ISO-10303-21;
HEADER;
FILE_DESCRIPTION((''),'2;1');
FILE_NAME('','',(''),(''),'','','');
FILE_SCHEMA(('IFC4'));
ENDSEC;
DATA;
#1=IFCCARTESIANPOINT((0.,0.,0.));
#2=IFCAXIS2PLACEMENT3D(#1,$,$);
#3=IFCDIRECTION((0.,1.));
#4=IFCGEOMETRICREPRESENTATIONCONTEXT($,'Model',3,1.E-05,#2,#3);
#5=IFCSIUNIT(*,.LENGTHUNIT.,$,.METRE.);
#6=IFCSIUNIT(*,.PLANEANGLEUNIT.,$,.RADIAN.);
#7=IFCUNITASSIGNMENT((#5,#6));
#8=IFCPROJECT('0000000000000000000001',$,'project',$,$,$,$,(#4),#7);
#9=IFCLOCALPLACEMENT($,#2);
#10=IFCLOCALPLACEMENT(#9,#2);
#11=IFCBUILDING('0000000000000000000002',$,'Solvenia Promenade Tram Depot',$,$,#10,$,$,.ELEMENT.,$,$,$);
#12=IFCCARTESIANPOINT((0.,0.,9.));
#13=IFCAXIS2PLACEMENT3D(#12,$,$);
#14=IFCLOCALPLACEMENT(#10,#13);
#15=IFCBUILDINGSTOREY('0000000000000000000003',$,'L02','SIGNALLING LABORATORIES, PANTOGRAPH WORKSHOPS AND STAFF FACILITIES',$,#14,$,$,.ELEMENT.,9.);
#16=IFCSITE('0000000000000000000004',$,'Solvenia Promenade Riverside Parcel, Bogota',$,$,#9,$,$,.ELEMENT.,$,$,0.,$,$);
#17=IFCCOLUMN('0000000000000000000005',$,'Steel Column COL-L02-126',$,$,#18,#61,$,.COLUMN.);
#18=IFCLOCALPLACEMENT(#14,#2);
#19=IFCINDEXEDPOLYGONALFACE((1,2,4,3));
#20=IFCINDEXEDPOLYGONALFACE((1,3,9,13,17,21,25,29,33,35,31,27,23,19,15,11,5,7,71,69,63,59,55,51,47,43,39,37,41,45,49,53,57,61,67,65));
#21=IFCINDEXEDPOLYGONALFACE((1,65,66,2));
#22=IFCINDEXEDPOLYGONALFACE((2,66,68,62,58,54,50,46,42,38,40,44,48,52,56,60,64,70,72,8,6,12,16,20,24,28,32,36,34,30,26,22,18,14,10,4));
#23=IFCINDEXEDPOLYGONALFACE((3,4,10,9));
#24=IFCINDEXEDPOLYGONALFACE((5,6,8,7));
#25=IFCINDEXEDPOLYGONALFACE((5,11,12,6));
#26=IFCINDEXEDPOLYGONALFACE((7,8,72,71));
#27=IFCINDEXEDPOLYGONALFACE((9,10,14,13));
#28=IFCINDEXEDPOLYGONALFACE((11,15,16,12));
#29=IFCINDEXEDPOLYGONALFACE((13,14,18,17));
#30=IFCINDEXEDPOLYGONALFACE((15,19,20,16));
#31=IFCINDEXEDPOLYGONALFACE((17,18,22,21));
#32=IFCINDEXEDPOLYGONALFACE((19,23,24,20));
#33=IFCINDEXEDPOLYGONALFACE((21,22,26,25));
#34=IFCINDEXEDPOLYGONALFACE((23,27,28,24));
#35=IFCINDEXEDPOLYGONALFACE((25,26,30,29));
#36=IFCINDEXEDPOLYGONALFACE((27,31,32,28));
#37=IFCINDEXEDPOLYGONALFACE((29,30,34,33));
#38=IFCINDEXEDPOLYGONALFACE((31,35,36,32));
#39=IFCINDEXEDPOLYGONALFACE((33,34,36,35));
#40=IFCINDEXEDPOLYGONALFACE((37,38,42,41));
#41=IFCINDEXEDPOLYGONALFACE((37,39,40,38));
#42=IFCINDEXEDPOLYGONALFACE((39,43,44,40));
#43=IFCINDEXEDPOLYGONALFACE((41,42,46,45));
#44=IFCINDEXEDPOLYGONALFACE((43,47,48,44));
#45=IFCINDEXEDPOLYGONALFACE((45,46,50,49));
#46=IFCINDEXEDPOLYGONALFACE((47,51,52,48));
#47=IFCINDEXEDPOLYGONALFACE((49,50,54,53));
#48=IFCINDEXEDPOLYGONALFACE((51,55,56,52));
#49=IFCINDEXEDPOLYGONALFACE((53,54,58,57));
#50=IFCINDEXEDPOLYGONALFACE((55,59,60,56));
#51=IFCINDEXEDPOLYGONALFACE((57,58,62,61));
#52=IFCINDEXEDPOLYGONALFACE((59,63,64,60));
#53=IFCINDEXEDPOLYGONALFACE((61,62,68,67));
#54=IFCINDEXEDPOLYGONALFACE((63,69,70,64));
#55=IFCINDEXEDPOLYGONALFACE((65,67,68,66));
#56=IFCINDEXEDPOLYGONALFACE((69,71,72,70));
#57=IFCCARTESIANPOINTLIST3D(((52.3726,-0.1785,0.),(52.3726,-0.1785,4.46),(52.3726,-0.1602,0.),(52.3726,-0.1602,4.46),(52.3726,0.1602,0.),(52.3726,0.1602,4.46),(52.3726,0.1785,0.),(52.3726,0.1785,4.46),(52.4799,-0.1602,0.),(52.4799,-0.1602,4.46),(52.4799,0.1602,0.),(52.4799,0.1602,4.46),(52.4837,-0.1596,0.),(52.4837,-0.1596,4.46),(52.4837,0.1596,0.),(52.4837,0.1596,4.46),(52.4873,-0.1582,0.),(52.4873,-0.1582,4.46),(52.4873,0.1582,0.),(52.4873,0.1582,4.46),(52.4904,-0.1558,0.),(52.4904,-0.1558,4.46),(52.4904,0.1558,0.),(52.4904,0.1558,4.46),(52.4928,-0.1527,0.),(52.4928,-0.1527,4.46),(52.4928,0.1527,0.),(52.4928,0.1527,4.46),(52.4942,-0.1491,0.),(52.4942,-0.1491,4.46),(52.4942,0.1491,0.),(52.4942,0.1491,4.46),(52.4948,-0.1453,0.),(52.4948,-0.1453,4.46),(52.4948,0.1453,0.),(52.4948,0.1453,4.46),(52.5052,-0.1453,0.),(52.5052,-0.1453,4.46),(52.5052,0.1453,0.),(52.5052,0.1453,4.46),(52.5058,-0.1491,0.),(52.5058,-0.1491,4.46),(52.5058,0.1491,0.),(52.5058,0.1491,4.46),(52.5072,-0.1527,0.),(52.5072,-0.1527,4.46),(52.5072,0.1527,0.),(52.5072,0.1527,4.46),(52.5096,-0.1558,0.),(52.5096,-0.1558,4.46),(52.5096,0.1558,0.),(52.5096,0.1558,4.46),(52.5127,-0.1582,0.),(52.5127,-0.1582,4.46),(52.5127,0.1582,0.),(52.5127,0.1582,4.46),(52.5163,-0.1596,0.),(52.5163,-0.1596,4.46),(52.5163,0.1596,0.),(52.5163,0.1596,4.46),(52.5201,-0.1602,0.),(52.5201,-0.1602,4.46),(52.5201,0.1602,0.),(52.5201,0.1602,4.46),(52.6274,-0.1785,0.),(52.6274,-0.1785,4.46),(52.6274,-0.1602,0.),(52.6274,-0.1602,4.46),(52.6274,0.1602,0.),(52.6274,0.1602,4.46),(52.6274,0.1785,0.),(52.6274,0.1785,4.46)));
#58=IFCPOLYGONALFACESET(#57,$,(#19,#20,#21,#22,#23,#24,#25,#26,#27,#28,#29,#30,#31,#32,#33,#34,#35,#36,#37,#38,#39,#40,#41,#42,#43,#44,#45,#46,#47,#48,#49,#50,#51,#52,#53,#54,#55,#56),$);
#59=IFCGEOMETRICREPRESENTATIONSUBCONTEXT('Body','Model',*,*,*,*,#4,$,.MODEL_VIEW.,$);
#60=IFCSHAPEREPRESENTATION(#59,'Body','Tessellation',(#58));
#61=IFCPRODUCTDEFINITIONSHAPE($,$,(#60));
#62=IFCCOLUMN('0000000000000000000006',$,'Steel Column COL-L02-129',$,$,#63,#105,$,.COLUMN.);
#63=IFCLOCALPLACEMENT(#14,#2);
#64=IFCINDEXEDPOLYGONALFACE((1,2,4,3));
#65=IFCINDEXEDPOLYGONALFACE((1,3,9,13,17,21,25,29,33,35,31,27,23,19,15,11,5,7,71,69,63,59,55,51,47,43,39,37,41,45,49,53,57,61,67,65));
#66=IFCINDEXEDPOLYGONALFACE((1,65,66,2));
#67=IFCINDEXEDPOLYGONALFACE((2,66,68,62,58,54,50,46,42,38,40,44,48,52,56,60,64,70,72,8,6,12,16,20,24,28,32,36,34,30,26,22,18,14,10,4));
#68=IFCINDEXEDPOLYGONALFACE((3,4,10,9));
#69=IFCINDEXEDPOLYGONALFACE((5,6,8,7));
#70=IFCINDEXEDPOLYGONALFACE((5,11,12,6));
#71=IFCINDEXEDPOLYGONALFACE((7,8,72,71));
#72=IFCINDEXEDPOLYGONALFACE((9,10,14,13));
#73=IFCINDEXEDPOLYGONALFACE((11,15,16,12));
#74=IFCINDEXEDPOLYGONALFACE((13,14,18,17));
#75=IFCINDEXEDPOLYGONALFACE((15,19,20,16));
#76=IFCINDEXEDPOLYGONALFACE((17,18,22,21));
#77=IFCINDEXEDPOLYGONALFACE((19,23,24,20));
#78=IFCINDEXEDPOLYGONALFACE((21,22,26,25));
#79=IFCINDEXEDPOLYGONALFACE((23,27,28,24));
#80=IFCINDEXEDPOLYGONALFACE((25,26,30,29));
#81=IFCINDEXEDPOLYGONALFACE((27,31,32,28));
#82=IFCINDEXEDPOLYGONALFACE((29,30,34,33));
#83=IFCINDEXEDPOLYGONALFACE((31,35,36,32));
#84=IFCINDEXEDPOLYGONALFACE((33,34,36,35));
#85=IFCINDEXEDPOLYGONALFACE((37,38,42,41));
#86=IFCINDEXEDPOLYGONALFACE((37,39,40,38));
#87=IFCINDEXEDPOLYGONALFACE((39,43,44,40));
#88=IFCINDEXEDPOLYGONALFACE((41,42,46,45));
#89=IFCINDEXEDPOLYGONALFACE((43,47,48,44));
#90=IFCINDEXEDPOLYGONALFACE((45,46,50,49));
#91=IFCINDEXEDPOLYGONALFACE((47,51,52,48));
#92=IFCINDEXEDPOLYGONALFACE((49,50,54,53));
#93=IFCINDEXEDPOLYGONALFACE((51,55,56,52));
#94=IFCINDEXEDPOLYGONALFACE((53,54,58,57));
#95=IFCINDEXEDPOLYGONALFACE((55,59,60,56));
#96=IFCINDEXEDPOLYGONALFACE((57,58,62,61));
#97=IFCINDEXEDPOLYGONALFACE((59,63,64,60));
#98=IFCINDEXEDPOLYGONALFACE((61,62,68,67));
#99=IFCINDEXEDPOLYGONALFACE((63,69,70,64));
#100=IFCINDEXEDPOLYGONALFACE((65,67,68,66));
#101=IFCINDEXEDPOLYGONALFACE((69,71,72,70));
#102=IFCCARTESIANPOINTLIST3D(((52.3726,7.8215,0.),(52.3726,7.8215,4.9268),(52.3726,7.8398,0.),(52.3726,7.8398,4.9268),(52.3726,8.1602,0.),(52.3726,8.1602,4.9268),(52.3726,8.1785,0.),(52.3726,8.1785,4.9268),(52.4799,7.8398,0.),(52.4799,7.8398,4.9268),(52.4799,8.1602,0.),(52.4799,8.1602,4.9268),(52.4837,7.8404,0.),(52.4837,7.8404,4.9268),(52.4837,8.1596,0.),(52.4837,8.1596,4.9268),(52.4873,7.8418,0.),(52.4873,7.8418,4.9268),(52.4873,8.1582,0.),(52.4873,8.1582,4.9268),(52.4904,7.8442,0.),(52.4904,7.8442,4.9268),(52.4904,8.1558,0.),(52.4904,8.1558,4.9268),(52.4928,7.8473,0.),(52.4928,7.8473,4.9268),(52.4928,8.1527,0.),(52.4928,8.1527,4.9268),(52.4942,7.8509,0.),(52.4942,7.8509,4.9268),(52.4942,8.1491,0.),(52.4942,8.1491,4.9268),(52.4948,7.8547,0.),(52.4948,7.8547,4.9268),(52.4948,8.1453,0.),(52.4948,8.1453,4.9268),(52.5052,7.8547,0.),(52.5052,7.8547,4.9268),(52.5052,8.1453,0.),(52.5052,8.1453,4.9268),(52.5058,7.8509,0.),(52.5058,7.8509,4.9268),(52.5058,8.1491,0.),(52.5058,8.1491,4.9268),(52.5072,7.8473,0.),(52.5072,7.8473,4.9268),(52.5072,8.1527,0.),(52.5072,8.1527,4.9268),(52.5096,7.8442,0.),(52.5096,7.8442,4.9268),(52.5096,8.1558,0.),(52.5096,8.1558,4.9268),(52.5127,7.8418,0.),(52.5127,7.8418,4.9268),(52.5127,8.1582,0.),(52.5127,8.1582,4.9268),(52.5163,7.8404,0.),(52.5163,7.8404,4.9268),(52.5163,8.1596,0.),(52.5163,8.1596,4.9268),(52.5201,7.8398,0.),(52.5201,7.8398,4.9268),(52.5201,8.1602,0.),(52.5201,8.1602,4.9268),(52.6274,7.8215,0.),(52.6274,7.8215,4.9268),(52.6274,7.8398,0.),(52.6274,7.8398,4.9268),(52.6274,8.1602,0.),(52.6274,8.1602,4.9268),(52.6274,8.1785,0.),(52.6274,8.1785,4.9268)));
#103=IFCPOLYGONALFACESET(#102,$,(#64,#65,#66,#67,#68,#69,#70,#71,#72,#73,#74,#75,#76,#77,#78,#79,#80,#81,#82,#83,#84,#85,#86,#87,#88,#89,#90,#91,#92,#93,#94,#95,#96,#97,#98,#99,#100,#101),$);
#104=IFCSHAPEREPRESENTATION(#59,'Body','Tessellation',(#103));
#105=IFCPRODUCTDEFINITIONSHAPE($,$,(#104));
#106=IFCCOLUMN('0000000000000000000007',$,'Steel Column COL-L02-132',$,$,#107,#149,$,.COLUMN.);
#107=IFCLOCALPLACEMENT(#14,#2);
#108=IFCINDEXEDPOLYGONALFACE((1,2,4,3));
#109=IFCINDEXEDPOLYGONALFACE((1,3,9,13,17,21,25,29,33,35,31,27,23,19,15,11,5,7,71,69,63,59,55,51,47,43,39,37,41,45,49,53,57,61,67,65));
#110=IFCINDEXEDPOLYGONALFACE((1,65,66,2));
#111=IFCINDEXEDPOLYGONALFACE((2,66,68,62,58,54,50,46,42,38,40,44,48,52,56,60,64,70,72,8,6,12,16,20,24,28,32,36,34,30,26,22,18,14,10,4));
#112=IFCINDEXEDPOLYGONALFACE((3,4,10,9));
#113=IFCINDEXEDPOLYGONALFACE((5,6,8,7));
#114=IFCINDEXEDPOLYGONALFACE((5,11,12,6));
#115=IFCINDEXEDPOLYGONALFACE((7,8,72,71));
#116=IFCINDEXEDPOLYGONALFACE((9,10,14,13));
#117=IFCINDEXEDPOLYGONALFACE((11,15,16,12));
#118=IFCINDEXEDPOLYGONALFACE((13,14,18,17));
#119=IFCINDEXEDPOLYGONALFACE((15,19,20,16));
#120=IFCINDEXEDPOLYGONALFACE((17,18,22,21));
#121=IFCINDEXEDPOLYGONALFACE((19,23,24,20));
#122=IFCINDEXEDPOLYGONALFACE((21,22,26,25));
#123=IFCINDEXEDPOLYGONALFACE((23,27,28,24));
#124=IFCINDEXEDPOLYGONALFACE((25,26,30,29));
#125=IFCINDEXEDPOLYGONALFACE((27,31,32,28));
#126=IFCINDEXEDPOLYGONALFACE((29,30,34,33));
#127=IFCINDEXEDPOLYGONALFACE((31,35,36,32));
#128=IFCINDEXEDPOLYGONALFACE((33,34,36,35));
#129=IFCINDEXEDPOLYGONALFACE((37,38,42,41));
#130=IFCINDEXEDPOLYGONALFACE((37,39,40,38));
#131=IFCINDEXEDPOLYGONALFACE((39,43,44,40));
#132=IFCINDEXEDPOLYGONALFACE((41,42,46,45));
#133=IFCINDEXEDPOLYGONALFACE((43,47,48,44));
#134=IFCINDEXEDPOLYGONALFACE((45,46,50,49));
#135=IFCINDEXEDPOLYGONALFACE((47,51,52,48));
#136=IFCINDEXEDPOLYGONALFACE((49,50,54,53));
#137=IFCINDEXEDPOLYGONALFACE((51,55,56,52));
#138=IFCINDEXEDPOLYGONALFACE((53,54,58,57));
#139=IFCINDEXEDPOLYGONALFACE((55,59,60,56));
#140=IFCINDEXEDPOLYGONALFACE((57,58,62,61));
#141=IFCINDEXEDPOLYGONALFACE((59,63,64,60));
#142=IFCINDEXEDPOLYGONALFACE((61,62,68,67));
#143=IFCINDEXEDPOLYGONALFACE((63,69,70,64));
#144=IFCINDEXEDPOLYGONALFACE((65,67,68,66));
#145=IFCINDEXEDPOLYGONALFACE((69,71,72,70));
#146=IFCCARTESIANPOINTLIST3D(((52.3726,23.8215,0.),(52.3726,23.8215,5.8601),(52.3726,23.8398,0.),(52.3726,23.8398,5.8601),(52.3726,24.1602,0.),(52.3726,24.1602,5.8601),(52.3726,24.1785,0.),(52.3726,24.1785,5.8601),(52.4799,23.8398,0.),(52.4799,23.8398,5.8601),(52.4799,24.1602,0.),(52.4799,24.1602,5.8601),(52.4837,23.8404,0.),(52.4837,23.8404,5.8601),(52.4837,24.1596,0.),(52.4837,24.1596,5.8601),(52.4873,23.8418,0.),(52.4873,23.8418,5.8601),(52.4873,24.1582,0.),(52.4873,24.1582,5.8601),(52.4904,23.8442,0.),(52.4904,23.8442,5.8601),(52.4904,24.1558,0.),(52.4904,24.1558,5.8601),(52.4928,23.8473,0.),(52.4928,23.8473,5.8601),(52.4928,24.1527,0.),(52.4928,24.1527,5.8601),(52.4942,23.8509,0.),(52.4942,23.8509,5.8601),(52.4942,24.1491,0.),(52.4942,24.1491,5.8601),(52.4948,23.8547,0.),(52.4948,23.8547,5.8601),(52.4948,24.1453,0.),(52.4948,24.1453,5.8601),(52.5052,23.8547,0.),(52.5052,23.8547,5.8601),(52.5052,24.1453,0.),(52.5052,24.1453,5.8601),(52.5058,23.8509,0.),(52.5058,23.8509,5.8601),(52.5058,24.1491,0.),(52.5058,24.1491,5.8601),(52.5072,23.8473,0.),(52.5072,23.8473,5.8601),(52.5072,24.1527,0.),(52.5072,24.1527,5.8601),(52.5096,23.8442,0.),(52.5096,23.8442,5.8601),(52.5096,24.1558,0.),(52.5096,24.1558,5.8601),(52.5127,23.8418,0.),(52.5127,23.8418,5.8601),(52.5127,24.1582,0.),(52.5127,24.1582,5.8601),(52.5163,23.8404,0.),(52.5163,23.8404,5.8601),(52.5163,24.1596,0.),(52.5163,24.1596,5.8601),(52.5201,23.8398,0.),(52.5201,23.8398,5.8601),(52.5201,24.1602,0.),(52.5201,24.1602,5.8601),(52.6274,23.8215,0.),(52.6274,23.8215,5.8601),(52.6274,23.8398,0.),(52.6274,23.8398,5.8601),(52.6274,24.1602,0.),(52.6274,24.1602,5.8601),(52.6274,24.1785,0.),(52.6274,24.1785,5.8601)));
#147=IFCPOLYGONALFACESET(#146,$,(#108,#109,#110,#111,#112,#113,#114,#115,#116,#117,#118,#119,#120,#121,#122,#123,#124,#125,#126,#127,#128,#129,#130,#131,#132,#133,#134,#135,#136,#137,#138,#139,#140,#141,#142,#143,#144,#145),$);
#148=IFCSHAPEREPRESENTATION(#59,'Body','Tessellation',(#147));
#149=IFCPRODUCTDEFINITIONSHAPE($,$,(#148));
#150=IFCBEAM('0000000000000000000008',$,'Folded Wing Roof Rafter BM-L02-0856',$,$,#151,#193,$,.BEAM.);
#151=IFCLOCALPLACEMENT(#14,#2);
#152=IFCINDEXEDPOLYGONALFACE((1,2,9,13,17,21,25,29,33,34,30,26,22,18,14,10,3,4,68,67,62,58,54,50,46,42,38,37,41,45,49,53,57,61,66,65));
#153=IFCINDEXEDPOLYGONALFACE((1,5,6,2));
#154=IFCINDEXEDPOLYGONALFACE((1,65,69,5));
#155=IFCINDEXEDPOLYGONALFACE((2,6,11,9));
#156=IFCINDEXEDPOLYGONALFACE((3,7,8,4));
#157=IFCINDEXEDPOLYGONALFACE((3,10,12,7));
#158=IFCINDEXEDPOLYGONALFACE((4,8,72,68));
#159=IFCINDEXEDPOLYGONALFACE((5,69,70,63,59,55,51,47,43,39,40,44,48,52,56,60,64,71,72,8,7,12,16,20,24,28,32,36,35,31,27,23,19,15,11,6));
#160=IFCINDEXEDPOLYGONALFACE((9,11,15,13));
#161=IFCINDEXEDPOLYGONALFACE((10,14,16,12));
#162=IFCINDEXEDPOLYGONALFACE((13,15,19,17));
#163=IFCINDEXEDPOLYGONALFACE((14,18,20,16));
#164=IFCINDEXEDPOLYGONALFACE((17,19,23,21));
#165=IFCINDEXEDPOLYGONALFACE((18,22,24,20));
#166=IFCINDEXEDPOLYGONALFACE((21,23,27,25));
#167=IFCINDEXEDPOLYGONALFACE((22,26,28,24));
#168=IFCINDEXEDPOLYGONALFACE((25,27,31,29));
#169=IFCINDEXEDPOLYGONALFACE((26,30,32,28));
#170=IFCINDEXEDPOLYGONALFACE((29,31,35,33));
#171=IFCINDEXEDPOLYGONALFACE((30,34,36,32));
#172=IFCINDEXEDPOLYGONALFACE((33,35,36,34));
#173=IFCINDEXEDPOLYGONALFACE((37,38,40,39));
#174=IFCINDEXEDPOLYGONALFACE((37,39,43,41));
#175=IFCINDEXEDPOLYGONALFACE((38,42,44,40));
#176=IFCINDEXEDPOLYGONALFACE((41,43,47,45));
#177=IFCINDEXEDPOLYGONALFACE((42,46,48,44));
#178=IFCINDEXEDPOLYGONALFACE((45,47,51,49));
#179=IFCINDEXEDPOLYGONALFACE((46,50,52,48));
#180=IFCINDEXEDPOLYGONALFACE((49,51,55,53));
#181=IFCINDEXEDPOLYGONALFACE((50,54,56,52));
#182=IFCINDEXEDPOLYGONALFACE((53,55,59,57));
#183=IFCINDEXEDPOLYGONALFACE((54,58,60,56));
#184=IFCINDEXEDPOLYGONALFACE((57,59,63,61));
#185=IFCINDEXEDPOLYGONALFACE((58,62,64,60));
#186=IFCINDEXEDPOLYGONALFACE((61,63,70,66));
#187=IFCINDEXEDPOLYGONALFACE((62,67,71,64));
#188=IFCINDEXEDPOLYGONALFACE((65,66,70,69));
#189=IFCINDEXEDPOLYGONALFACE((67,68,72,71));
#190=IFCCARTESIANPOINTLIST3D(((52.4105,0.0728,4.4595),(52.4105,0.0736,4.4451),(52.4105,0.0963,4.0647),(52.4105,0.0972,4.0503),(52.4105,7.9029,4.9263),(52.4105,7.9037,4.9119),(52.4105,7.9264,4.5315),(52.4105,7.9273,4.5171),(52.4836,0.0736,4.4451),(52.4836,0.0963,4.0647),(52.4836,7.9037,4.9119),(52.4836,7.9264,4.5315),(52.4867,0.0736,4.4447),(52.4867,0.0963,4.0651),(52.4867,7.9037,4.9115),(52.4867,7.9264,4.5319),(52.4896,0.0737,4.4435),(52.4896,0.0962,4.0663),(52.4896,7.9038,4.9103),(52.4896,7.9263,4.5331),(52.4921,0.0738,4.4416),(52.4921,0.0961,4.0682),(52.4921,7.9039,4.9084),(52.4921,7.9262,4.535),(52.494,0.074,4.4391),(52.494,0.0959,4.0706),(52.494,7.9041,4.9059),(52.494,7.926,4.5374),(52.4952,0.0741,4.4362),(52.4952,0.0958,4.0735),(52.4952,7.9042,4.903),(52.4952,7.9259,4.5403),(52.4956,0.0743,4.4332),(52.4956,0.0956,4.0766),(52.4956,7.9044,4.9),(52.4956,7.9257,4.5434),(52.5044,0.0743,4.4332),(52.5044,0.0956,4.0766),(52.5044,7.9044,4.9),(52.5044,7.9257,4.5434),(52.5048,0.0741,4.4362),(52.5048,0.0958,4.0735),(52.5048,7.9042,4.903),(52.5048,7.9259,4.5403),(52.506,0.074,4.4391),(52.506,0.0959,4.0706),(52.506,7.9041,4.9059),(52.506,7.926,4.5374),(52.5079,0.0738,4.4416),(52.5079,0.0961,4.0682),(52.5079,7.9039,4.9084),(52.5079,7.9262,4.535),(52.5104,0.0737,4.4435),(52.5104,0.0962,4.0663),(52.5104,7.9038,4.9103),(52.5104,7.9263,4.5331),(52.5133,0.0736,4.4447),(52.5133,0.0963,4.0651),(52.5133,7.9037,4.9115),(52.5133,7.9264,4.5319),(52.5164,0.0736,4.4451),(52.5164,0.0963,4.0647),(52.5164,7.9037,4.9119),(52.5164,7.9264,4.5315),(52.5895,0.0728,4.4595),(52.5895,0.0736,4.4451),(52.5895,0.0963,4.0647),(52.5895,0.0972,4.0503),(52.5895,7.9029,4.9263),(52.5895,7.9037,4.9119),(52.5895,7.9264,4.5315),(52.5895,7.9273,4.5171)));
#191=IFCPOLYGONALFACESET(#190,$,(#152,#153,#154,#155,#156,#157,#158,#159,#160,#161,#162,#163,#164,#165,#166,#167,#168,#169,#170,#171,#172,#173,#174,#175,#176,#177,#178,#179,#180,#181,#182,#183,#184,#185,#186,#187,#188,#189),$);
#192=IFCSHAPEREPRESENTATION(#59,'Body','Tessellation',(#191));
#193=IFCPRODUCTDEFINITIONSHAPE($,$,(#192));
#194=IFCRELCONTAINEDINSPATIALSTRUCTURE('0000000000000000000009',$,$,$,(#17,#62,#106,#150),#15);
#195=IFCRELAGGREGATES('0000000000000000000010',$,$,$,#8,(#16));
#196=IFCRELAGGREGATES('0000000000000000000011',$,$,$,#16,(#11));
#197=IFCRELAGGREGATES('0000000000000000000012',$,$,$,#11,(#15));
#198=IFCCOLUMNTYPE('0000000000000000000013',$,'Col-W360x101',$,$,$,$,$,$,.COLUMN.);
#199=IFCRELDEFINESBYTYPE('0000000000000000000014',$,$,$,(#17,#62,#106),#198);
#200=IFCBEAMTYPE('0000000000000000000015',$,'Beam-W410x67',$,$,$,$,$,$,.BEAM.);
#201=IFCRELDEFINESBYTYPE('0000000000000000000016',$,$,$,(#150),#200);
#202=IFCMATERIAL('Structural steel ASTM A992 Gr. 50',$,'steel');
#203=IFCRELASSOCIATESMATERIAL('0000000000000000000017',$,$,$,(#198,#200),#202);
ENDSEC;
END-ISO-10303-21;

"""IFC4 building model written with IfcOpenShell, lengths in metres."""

from ifc_helpers import new_model, si_unit, direction, frame, origin, origin_2d, place, context, subcontext, project, spatial, i_section, extrude, material, material_profile, profile_set, type_object, element, save


model = new_model("IFC4")

# Units and contexts
model_context = context("Model", 3, precision=1e-05, world=origin(), true_north=direction((0.0, 1.0)))
body_context = subcontext(model_context, "Body", "Model", "MODEL_VIEW")
ifc_project = project(units=[si_unit("LENGTHUNIT", "METRE"), si_unit("PLANEANGLEUNIT", "RADIAN")], contexts=[model_context])

# Site, building, storey
site_placement = place(None, origin())
site = spatial("IfcSite", under=ifc_project, at=site_placement, Name="Solvenia Promenade Riverside Parcel, Bogota", CompositionType="ELEMENT", RefElevation=0.0)
building_placement = place(site_placement, origin())
building = spatial("IfcBuilding", under=site, at=building_placement, Name="Solvenia Promenade Tram Depot", CompositionType="ELEMENT")
storey_placement = place(building_placement, frame((0.0, 0.0, 9.0)))
storey = spatial("IfcBuildingStorey", under=building, at=storey_placement, Name="L02", Description="SIGNALLING LABORATORIES, PANTOGRAPH WORKSHOPS AND STAFF FACILITIES", CompositionType="ELEMENT", Elevation=9.0)

# Columns
ifc_material_1 = material(Name="Structural steel ASTM A992 Gr. 50", Category="steel")
ifc_material_profile_1 = material_profile(ifc_material_1, i_section(OverallWidth=0.2549, OverallDepth=0.3569, WebThickness=0.0105, FlangeThickness=0.0183, FilletRadius=0.0149, at=origin_2d()), Name="W360x101", Category="steel")
ifc_profile_set_1 = profile_set([ifc_material_profile_1], Name="Structural steel ASTM A992 Gr. 50")
column_type = type_object("IfcColumnType", Name="Col-W360x101", PredefinedType="COLUMN", material=ifc_profile_set_1)
column_1_placement = place(storey_placement, frame((52.5, 0.0, 0.0), z_axis=(0.0, 0.0, 1.0), x_axis=(1.0, 0.0, 0.0)))
element("IfcColumn", 1, at=column_1_placement, inside=storey, type_object=column_type, Name="Steel Column COL-L02-126", PredefinedType="COLUMN", context=body_context, shape_type="SweptSolid", body=[
    extrude(i_section(OverallWidth=0.2549, OverallDepth=0.3569, WebThickness=0.0105, FlangeThickness=0.0183, FilletRadius=0.0149, at=origin_2d()), origin(), (0.0, 0.0, 1.0), 4.46),
])
column_2_placement = place(storey_placement, frame((52.5, 8.0, 0.0), z_axis=(0.0, 0.0, 1.0), x_axis=(1.0, 0.0, 0.0)))
element("IfcColumn", 2, at=column_2_placement, inside=storey, type_object=column_type, Name="Steel Column COL-L02-129", PredefinedType="COLUMN", context=body_context, shape_type="SweptSolid", body=[
    extrude(i_section(OverallWidth=0.2549, OverallDepth=0.3569, WebThickness=0.0105, FlangeThickness=0.0183, FilletRadius=0.0149, at=origin_2d()), origin(), (0.0, 0.0, 1.0), 4.9268),
])
column_3_placement = place(storey_placement, frame((52.5, 24.0, 0.0), z_axis=(0.0, 0.0, 1.0), x_axis=(1.0, 0.0, 0.0)))
element("IfcColumn", 3, at=column_3_placement, inside=storey, type_object=column_type, Name="Steel Column COL-L02-132", PredefinedType="COLUMN", context=body_context, shape_type="SweptSolid", body=[
    extrude(i_section(OverallWidth=0.2549, OverallDepth=0.3569, WebThickness=0.0105, FlangeThickness=0.0183, FilletRadius=0.0149, at=origin_2d()), origin(), (0.0, 0.0, 1.0), 5.8601),
])

# Beam
ifc_material_profile_2 = material_profile(ifc_material_1, i_section(OverallWidth=0.179, OverallDepth=0.4099, WebThickness=0.0088, FlangeThickness=0.0144, FilletRadius=0.012, at=origin_2d()), Name="W410x67", Category="steel")
ifc_profile_set_2 = profile_set([ifc_material_profile_2], Name="Structural steel ASTM A992 Gr. 50")
beam_type_1 = type_object("IfcBeamType", Name="Beam-W410x67", PredefinedType="BEAM", material=ifc_profile_set_2)
beam_1_placement = place(storey_placement, frame((52.5, 0.085, 4.2549), z_axis=(0.0, 0.998228, 0.05951), x_axis=(-1.0, 0.0, 0.0)))
element("IfcBeam", 4, at=beam_1_placement, inside=storey, type_object=beam_type_1, Name="Folded Wing Roof Rafter BM-L02-0856", PredefinedType="BEAM", context=body_context, shape_type="SweptSolid", body=[
    extrude(i_section(OverallWidth=0.179, OverallDepth=0.4099, WebThickness=0.0088, FlangeThickness=0.0144, FilletRadius=0.012, at=origin_2d()), origin(), (0.0, 0.0, 1.0), 7.844),
])

save(model, "model.ifc")
